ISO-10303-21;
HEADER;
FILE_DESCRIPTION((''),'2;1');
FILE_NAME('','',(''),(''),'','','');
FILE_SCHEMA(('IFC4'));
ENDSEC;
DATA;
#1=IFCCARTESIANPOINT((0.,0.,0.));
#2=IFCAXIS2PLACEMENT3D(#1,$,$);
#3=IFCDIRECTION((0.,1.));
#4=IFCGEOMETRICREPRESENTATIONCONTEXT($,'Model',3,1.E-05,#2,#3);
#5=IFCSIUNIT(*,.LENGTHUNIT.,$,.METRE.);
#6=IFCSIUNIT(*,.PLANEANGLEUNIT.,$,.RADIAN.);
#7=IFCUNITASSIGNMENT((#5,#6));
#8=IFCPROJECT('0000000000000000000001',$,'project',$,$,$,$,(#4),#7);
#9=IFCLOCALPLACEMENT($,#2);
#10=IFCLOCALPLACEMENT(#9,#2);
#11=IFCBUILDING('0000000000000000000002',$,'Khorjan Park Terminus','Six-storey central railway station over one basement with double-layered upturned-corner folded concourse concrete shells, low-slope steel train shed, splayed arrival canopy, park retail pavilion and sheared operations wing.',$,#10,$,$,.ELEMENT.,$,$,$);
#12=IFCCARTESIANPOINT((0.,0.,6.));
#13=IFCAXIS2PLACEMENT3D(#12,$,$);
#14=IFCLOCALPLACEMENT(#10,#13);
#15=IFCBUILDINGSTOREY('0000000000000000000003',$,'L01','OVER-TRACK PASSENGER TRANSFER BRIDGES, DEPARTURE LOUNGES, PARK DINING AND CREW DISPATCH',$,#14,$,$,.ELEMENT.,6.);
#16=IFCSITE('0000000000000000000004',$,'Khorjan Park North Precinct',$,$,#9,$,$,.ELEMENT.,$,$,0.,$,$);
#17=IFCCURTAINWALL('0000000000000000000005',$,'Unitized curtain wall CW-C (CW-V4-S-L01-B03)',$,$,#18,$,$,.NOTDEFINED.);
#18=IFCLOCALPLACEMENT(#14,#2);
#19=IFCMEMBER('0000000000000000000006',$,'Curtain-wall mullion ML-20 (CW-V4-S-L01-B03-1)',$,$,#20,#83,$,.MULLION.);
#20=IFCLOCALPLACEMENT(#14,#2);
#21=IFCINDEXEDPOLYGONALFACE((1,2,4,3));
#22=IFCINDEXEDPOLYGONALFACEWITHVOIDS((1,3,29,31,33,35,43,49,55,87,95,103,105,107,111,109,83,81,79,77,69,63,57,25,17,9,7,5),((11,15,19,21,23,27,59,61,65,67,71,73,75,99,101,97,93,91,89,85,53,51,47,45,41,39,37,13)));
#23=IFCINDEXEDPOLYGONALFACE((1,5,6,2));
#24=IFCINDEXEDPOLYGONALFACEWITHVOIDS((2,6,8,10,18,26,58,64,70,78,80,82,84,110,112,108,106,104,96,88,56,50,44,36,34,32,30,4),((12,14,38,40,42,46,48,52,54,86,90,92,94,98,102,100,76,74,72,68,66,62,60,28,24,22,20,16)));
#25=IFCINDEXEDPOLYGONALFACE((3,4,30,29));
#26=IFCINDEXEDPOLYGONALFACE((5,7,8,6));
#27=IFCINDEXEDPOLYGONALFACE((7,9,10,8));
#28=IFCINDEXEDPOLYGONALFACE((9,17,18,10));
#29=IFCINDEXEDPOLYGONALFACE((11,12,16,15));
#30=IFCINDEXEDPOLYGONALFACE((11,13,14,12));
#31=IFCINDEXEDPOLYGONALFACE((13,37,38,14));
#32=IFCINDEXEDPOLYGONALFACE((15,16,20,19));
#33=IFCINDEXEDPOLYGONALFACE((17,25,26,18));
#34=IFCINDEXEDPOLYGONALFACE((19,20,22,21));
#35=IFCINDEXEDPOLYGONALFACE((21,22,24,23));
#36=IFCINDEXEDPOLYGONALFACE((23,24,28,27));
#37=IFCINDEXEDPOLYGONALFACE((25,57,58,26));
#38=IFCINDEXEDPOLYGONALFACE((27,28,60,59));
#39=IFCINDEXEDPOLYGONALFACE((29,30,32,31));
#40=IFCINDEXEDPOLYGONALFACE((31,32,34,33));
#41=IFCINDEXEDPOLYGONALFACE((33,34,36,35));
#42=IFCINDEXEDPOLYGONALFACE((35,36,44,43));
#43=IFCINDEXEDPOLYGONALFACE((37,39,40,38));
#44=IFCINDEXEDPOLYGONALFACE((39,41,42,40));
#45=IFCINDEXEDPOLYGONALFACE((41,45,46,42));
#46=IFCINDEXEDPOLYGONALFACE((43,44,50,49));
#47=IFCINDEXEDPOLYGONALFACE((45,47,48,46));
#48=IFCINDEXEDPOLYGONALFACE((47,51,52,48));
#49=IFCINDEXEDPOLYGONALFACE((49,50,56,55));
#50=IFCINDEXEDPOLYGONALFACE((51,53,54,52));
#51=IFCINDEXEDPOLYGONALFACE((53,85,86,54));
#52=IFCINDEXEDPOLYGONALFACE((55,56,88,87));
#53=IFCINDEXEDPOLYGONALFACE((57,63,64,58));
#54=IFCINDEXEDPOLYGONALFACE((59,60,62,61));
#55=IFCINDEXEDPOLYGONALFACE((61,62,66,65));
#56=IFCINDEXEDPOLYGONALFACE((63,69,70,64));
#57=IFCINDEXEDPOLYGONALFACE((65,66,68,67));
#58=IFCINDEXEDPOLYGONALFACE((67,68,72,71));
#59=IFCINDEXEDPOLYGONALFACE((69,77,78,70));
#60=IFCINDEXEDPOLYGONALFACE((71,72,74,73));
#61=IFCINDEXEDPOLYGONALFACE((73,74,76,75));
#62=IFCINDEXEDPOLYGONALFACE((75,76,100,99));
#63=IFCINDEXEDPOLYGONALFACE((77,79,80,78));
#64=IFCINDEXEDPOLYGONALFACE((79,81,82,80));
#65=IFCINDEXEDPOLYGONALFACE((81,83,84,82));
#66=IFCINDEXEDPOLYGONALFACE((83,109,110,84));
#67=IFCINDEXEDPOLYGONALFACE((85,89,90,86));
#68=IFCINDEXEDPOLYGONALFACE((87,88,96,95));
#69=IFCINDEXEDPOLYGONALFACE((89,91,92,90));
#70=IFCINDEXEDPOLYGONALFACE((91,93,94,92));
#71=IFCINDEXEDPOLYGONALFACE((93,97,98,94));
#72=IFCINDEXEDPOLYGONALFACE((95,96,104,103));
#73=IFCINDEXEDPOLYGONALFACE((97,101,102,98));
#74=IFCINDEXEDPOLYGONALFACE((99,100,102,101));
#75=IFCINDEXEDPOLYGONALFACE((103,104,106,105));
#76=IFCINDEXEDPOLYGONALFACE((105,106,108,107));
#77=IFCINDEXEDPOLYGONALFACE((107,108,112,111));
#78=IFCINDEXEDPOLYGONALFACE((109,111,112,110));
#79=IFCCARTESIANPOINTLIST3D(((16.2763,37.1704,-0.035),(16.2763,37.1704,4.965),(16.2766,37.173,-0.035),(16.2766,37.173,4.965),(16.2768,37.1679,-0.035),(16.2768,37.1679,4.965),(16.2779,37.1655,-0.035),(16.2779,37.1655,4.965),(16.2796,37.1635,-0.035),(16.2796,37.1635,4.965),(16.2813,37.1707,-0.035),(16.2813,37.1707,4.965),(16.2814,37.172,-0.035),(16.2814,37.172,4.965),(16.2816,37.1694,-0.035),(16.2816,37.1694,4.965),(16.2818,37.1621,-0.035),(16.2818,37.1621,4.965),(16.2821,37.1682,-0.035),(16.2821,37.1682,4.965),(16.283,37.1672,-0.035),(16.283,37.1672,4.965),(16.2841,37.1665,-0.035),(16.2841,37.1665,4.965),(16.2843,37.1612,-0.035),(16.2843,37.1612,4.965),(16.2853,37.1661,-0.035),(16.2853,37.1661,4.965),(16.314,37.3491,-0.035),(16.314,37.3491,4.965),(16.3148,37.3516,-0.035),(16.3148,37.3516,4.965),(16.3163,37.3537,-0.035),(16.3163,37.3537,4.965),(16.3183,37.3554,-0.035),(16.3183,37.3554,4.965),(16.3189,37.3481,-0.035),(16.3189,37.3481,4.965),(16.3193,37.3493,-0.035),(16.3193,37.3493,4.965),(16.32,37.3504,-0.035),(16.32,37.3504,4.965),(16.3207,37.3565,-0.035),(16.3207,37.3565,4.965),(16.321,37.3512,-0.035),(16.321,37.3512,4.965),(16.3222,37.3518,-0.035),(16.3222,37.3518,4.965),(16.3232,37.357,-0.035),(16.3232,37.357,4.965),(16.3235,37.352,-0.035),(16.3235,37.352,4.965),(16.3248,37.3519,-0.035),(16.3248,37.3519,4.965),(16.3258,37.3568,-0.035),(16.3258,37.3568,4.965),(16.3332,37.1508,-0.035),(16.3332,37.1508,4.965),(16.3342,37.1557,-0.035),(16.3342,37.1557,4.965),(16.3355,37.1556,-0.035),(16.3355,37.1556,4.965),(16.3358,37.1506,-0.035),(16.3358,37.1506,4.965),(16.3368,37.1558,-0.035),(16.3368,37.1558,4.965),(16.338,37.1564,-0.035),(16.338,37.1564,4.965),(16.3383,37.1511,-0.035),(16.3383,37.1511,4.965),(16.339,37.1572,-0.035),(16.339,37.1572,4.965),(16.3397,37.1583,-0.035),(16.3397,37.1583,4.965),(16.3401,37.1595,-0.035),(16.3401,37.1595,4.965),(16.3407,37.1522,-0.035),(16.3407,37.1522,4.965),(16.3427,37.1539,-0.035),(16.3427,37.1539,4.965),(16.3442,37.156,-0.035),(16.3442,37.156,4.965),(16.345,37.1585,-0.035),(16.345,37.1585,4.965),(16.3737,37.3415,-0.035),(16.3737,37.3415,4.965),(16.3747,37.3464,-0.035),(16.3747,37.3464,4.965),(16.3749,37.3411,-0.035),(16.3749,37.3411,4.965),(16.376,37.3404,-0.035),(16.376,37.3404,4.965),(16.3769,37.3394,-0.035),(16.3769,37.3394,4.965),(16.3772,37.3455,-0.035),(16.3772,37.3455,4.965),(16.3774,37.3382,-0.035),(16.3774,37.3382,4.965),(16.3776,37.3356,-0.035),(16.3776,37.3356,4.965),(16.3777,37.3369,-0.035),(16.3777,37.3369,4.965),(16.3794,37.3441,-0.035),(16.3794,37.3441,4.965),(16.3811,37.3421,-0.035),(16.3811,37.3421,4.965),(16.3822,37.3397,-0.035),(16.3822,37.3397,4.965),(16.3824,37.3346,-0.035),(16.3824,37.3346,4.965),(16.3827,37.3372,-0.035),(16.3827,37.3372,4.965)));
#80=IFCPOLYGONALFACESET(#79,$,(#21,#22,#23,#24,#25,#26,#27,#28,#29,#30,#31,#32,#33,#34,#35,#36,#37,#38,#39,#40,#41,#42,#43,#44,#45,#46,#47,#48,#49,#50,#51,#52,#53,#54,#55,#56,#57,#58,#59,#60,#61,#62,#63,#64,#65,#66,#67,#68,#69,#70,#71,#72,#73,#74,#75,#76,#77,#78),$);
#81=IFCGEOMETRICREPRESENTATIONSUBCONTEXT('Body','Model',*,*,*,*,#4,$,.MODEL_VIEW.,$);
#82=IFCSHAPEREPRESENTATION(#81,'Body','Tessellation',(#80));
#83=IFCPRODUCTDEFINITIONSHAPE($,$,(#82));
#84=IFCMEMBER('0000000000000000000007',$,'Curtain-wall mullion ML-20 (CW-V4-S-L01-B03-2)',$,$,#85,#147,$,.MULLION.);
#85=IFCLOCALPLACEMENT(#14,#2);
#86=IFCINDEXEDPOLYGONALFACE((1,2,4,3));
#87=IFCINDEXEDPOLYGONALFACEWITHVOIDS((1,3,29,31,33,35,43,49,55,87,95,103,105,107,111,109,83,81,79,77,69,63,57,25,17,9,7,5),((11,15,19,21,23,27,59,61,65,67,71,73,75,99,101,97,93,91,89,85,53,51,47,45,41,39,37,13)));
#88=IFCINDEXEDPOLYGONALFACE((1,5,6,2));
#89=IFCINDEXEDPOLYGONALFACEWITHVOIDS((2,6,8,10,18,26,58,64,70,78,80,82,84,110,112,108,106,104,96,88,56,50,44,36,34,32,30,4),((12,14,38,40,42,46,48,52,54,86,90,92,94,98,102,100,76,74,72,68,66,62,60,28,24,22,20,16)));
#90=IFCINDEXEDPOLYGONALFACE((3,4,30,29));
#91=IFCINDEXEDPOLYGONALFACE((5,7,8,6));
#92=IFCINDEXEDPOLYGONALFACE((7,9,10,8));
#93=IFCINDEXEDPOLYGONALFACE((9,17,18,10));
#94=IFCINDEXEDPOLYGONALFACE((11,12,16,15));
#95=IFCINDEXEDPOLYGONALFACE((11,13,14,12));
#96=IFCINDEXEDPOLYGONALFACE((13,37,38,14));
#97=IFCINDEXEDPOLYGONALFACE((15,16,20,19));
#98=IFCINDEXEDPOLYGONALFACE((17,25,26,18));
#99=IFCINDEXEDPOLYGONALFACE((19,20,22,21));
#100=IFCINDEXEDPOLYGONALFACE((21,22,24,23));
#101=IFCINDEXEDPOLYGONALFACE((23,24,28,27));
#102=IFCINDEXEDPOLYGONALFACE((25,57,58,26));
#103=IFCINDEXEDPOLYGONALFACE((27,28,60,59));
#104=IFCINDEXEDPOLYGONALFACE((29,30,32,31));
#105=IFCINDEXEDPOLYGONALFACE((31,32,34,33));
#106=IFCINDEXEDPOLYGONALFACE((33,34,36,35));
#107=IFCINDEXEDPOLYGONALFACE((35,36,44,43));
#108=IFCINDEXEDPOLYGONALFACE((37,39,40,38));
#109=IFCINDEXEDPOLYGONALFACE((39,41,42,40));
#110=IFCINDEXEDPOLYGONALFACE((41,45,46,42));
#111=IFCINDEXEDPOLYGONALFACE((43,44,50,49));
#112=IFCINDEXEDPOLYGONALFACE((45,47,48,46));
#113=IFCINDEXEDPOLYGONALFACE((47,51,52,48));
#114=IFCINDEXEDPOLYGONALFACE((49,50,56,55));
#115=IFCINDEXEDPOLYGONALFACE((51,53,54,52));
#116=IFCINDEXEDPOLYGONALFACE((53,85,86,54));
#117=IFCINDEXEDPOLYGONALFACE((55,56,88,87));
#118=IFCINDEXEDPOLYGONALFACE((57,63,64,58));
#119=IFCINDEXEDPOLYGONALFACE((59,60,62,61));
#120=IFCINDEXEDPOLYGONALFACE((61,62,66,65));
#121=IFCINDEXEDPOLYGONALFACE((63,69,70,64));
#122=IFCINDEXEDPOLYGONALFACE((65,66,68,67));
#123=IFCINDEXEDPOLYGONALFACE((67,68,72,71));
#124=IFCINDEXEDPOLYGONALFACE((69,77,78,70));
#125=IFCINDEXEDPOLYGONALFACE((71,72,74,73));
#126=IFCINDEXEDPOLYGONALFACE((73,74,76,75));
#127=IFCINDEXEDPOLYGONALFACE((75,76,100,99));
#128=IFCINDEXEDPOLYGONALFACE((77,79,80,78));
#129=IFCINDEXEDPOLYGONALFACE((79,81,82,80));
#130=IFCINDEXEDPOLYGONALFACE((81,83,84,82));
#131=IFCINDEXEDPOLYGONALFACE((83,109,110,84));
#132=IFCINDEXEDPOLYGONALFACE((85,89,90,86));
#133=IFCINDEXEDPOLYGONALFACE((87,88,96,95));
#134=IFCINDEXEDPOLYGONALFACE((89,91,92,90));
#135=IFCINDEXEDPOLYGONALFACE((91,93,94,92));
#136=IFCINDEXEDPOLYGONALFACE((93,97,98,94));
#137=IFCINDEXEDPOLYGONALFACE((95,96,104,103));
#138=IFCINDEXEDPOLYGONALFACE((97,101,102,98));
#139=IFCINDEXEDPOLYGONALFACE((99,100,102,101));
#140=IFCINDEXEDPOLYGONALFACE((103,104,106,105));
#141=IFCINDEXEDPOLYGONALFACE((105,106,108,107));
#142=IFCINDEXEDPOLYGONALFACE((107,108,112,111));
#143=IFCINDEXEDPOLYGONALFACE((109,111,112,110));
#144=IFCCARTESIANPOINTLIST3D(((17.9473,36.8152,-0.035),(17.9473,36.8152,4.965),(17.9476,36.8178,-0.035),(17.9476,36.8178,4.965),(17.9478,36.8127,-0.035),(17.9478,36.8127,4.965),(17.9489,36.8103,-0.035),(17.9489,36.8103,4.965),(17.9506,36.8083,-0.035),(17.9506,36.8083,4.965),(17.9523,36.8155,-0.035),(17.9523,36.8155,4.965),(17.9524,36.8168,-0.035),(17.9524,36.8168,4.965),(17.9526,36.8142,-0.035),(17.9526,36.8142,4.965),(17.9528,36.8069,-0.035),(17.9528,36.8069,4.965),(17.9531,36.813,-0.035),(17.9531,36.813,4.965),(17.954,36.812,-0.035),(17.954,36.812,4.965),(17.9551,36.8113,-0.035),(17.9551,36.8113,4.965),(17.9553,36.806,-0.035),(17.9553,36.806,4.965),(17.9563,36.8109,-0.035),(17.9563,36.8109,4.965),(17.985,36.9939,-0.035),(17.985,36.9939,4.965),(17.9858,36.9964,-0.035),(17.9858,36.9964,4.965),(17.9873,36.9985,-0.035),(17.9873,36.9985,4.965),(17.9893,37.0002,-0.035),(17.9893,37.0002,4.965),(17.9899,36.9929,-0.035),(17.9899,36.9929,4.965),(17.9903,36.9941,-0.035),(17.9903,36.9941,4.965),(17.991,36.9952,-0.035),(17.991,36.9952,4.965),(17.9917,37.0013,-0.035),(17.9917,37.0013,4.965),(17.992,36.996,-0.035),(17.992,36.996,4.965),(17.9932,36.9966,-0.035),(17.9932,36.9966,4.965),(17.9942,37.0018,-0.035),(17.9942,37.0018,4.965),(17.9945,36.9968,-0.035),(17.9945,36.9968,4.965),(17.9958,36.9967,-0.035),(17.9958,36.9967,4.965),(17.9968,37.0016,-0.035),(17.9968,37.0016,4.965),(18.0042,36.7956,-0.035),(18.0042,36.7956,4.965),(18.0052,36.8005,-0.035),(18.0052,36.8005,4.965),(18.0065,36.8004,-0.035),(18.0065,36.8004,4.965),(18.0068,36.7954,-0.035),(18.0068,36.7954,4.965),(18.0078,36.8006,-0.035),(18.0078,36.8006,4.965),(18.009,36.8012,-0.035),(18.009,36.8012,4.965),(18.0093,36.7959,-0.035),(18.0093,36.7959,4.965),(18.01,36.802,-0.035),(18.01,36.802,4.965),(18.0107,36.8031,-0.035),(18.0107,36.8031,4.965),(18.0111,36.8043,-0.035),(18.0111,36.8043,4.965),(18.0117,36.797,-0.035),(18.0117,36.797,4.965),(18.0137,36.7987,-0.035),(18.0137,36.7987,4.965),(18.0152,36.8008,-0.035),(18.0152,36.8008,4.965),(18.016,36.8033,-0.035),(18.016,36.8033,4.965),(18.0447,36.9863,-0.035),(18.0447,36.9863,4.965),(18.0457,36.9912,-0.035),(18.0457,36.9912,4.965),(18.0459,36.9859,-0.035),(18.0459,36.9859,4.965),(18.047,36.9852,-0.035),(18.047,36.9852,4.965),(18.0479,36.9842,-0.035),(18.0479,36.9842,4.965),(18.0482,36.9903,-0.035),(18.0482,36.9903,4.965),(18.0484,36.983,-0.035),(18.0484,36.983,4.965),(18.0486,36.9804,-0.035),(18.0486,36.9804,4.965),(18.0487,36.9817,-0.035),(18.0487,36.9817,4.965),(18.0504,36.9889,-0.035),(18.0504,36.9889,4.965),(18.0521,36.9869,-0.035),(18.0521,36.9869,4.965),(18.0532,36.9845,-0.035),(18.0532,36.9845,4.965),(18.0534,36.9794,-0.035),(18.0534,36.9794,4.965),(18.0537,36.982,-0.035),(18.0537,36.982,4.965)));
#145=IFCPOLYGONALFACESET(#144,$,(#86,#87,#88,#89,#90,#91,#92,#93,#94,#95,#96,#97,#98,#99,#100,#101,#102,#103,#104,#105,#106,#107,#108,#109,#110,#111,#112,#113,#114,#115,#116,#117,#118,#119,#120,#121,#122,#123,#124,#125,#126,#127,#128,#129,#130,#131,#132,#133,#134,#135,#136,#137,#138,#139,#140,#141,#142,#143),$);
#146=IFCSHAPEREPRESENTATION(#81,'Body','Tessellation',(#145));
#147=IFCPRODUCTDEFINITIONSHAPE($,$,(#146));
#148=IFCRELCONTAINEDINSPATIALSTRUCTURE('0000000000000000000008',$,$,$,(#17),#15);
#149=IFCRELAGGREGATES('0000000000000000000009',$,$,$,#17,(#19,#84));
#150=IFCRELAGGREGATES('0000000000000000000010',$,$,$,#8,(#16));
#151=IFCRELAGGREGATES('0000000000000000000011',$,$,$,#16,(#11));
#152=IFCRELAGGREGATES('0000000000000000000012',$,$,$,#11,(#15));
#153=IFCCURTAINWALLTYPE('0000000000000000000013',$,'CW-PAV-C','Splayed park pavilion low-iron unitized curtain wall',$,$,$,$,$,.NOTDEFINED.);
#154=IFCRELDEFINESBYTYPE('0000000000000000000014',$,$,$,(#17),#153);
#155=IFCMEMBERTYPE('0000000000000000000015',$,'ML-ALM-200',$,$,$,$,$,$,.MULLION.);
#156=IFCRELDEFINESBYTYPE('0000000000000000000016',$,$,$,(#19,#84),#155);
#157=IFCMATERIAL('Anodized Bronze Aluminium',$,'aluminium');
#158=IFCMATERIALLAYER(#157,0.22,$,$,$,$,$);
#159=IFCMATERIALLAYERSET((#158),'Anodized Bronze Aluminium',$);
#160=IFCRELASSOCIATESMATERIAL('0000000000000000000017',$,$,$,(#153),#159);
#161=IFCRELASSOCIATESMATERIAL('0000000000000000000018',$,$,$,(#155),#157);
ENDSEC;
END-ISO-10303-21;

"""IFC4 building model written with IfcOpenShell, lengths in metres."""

from ifc_helpers import new_model, si_unit, direction, frame, origin, origin_2d, place, context, subcontext, project, spatial, hollow_rectangle, extrude, material, layer, layer_set, material_profile, profile_set, type_object, element, aggregate, save


model = new_model("IFC4")

# Units and contexts
model_context = context("Model", 3, precision=1e-05, world=origin(), true_north=direction((0.0, 1.0)))
body_context = subcontext(model_context, "Body", "Model", "MODEL_VIEW")
ifc_project = project(units=[si_unit("LENGTHUNIT", "METRE"), si_unit("PLANEANGLEUNIT", "RADIAN")], contexts=[model_context])

# Site, building, storey
site_placement = place(None, origin())
site = spatial("IfcSite", under=ifc_project, at=site_placement, Name="Khorjan Park North Precinct", CompositionType="ELEMENT", RefElevation=0.0)
building_placement = place(site_placement, origin())
building = spatial("IfcBuilding", under=site, at=building_placement, Name="Khorjan Park Terminus", Description="Six-storey central railway station over one basement with double-layered upturned-corner folded concourse concrete shells, low-slope steel train shed, splayed arrival canopy, park retail pavilion and sheared operations wing.", CompositionType="ELEMENT")
storey_placement = place(building_placement, frame((0.0, 0.0, 6.0)))
storey = spatial("IfcBuildingStorey", under=building, at=storey_placement, Name="L01", Description="OVER-TRACK PASSENGER TRANSFER BRIDGES, DEPARTURE LOUNGES, PARK DINING AND CREW DISPATCH", CompositionType="ELEMENT", Elevation=6.0)

# Curtain wall, members
ifc_material_1 = material(Name="Anodized Bronze Aluminium", Category="aluminium")
ifc_layer_1 = layer(ifc_material_1, 0.22)
ifc_layer_set_1 = layer_set([ifc_layer_1], Name="Anodized Bronze Aluminium")
curtain_wall_type = type_object("IfcCurtainWallType", Name="CW-PAV-C", Description="Splayed park pavilion low-iron unitized curtain wall", PredefinedType="NOTDEFINED", material=ifc_layer_set_1)
curtain_wall_1_placement = place(storey_placement, origin())
curtain_wall_1 = element("IfcCurtainWall", 1, at=curtain_wall_1_placement, inside=storey, type_object=curtain_wall_type, Name="Unitized curtain wall CW-C (CW-V4-S-L01-B03)", PredefinedType="NOTDEFINED")
ifc_material_profile_1 = material_profile(ifc_material_1, hollow_rectangle(XDim=0.07, YDim=0.2, WallThickness=0.005, InnerFilletRadius=0.005, OuterFilletRadius=0.01, at=origin_2d()), Name="ALM 70x200x5")
ifc_profile_set_1 = profile_set([ifc_material_profile_1], Name="Anodized Bronze Aluminium")
member_type_1 = type_object("IfcMemberType", Name="ML-ALM-200", PredefinedType="MULLION", material=ifc_profile_set_1)
member_1_placement = place(storey_placement, frame((16.3295, 37.2538, -0.035), z_axis=(0.0, 0.0, 1.0), x_axis=(0.978147, -0.207914, 0.0)))
member_1 = element("IfcMember", 2, at=member_1_placement, type_object=member_type_1, Name="Curtain-wall mullion ML-20 (CW-V4-S-L01-B03-1)", PredefinedType="MULLION", context=body_context, shape_type="SweptSolid", body=[
    extrude(hollow_rectangle(XDim=0.07, YDim=0.2, WallThickness=0.005, InnerFilletRadius=0.005, OuterFilletRadius=0.01, at=origin_2d()), origin(), (0.0, 0.0, 1.0), 5.0),
])
member_2_placement = place(storey_placement, frame((18.0005, 36.8986, -0.035), z_axis=(0.0, 0.0, 1.0), x_axis=(0.978147, -0.207914, 0.0)))
member_2 = element("IfcMember", 3, at=member_2_placement, type_object=member_type_1, Name="Curtain-wall mullion ML-20 (CW-V4-S-L01-B03-2)", PredefinedType="MULLION", context=body_context, shape_type="SweptSolid", body=[
    extrude(hollow_rectangle(XDim=0.07, YDim=0.2, WallThickness=0.005, InnerFilletRadius=0.005, OuterFilletRadius=0.01, at=origin_2d()), origin(), (0.0, 0.0, 1.0), 5.0),
])

aggregate(curtain_wall_1, [member_1, member_2])

save(model, "model.ifc")
